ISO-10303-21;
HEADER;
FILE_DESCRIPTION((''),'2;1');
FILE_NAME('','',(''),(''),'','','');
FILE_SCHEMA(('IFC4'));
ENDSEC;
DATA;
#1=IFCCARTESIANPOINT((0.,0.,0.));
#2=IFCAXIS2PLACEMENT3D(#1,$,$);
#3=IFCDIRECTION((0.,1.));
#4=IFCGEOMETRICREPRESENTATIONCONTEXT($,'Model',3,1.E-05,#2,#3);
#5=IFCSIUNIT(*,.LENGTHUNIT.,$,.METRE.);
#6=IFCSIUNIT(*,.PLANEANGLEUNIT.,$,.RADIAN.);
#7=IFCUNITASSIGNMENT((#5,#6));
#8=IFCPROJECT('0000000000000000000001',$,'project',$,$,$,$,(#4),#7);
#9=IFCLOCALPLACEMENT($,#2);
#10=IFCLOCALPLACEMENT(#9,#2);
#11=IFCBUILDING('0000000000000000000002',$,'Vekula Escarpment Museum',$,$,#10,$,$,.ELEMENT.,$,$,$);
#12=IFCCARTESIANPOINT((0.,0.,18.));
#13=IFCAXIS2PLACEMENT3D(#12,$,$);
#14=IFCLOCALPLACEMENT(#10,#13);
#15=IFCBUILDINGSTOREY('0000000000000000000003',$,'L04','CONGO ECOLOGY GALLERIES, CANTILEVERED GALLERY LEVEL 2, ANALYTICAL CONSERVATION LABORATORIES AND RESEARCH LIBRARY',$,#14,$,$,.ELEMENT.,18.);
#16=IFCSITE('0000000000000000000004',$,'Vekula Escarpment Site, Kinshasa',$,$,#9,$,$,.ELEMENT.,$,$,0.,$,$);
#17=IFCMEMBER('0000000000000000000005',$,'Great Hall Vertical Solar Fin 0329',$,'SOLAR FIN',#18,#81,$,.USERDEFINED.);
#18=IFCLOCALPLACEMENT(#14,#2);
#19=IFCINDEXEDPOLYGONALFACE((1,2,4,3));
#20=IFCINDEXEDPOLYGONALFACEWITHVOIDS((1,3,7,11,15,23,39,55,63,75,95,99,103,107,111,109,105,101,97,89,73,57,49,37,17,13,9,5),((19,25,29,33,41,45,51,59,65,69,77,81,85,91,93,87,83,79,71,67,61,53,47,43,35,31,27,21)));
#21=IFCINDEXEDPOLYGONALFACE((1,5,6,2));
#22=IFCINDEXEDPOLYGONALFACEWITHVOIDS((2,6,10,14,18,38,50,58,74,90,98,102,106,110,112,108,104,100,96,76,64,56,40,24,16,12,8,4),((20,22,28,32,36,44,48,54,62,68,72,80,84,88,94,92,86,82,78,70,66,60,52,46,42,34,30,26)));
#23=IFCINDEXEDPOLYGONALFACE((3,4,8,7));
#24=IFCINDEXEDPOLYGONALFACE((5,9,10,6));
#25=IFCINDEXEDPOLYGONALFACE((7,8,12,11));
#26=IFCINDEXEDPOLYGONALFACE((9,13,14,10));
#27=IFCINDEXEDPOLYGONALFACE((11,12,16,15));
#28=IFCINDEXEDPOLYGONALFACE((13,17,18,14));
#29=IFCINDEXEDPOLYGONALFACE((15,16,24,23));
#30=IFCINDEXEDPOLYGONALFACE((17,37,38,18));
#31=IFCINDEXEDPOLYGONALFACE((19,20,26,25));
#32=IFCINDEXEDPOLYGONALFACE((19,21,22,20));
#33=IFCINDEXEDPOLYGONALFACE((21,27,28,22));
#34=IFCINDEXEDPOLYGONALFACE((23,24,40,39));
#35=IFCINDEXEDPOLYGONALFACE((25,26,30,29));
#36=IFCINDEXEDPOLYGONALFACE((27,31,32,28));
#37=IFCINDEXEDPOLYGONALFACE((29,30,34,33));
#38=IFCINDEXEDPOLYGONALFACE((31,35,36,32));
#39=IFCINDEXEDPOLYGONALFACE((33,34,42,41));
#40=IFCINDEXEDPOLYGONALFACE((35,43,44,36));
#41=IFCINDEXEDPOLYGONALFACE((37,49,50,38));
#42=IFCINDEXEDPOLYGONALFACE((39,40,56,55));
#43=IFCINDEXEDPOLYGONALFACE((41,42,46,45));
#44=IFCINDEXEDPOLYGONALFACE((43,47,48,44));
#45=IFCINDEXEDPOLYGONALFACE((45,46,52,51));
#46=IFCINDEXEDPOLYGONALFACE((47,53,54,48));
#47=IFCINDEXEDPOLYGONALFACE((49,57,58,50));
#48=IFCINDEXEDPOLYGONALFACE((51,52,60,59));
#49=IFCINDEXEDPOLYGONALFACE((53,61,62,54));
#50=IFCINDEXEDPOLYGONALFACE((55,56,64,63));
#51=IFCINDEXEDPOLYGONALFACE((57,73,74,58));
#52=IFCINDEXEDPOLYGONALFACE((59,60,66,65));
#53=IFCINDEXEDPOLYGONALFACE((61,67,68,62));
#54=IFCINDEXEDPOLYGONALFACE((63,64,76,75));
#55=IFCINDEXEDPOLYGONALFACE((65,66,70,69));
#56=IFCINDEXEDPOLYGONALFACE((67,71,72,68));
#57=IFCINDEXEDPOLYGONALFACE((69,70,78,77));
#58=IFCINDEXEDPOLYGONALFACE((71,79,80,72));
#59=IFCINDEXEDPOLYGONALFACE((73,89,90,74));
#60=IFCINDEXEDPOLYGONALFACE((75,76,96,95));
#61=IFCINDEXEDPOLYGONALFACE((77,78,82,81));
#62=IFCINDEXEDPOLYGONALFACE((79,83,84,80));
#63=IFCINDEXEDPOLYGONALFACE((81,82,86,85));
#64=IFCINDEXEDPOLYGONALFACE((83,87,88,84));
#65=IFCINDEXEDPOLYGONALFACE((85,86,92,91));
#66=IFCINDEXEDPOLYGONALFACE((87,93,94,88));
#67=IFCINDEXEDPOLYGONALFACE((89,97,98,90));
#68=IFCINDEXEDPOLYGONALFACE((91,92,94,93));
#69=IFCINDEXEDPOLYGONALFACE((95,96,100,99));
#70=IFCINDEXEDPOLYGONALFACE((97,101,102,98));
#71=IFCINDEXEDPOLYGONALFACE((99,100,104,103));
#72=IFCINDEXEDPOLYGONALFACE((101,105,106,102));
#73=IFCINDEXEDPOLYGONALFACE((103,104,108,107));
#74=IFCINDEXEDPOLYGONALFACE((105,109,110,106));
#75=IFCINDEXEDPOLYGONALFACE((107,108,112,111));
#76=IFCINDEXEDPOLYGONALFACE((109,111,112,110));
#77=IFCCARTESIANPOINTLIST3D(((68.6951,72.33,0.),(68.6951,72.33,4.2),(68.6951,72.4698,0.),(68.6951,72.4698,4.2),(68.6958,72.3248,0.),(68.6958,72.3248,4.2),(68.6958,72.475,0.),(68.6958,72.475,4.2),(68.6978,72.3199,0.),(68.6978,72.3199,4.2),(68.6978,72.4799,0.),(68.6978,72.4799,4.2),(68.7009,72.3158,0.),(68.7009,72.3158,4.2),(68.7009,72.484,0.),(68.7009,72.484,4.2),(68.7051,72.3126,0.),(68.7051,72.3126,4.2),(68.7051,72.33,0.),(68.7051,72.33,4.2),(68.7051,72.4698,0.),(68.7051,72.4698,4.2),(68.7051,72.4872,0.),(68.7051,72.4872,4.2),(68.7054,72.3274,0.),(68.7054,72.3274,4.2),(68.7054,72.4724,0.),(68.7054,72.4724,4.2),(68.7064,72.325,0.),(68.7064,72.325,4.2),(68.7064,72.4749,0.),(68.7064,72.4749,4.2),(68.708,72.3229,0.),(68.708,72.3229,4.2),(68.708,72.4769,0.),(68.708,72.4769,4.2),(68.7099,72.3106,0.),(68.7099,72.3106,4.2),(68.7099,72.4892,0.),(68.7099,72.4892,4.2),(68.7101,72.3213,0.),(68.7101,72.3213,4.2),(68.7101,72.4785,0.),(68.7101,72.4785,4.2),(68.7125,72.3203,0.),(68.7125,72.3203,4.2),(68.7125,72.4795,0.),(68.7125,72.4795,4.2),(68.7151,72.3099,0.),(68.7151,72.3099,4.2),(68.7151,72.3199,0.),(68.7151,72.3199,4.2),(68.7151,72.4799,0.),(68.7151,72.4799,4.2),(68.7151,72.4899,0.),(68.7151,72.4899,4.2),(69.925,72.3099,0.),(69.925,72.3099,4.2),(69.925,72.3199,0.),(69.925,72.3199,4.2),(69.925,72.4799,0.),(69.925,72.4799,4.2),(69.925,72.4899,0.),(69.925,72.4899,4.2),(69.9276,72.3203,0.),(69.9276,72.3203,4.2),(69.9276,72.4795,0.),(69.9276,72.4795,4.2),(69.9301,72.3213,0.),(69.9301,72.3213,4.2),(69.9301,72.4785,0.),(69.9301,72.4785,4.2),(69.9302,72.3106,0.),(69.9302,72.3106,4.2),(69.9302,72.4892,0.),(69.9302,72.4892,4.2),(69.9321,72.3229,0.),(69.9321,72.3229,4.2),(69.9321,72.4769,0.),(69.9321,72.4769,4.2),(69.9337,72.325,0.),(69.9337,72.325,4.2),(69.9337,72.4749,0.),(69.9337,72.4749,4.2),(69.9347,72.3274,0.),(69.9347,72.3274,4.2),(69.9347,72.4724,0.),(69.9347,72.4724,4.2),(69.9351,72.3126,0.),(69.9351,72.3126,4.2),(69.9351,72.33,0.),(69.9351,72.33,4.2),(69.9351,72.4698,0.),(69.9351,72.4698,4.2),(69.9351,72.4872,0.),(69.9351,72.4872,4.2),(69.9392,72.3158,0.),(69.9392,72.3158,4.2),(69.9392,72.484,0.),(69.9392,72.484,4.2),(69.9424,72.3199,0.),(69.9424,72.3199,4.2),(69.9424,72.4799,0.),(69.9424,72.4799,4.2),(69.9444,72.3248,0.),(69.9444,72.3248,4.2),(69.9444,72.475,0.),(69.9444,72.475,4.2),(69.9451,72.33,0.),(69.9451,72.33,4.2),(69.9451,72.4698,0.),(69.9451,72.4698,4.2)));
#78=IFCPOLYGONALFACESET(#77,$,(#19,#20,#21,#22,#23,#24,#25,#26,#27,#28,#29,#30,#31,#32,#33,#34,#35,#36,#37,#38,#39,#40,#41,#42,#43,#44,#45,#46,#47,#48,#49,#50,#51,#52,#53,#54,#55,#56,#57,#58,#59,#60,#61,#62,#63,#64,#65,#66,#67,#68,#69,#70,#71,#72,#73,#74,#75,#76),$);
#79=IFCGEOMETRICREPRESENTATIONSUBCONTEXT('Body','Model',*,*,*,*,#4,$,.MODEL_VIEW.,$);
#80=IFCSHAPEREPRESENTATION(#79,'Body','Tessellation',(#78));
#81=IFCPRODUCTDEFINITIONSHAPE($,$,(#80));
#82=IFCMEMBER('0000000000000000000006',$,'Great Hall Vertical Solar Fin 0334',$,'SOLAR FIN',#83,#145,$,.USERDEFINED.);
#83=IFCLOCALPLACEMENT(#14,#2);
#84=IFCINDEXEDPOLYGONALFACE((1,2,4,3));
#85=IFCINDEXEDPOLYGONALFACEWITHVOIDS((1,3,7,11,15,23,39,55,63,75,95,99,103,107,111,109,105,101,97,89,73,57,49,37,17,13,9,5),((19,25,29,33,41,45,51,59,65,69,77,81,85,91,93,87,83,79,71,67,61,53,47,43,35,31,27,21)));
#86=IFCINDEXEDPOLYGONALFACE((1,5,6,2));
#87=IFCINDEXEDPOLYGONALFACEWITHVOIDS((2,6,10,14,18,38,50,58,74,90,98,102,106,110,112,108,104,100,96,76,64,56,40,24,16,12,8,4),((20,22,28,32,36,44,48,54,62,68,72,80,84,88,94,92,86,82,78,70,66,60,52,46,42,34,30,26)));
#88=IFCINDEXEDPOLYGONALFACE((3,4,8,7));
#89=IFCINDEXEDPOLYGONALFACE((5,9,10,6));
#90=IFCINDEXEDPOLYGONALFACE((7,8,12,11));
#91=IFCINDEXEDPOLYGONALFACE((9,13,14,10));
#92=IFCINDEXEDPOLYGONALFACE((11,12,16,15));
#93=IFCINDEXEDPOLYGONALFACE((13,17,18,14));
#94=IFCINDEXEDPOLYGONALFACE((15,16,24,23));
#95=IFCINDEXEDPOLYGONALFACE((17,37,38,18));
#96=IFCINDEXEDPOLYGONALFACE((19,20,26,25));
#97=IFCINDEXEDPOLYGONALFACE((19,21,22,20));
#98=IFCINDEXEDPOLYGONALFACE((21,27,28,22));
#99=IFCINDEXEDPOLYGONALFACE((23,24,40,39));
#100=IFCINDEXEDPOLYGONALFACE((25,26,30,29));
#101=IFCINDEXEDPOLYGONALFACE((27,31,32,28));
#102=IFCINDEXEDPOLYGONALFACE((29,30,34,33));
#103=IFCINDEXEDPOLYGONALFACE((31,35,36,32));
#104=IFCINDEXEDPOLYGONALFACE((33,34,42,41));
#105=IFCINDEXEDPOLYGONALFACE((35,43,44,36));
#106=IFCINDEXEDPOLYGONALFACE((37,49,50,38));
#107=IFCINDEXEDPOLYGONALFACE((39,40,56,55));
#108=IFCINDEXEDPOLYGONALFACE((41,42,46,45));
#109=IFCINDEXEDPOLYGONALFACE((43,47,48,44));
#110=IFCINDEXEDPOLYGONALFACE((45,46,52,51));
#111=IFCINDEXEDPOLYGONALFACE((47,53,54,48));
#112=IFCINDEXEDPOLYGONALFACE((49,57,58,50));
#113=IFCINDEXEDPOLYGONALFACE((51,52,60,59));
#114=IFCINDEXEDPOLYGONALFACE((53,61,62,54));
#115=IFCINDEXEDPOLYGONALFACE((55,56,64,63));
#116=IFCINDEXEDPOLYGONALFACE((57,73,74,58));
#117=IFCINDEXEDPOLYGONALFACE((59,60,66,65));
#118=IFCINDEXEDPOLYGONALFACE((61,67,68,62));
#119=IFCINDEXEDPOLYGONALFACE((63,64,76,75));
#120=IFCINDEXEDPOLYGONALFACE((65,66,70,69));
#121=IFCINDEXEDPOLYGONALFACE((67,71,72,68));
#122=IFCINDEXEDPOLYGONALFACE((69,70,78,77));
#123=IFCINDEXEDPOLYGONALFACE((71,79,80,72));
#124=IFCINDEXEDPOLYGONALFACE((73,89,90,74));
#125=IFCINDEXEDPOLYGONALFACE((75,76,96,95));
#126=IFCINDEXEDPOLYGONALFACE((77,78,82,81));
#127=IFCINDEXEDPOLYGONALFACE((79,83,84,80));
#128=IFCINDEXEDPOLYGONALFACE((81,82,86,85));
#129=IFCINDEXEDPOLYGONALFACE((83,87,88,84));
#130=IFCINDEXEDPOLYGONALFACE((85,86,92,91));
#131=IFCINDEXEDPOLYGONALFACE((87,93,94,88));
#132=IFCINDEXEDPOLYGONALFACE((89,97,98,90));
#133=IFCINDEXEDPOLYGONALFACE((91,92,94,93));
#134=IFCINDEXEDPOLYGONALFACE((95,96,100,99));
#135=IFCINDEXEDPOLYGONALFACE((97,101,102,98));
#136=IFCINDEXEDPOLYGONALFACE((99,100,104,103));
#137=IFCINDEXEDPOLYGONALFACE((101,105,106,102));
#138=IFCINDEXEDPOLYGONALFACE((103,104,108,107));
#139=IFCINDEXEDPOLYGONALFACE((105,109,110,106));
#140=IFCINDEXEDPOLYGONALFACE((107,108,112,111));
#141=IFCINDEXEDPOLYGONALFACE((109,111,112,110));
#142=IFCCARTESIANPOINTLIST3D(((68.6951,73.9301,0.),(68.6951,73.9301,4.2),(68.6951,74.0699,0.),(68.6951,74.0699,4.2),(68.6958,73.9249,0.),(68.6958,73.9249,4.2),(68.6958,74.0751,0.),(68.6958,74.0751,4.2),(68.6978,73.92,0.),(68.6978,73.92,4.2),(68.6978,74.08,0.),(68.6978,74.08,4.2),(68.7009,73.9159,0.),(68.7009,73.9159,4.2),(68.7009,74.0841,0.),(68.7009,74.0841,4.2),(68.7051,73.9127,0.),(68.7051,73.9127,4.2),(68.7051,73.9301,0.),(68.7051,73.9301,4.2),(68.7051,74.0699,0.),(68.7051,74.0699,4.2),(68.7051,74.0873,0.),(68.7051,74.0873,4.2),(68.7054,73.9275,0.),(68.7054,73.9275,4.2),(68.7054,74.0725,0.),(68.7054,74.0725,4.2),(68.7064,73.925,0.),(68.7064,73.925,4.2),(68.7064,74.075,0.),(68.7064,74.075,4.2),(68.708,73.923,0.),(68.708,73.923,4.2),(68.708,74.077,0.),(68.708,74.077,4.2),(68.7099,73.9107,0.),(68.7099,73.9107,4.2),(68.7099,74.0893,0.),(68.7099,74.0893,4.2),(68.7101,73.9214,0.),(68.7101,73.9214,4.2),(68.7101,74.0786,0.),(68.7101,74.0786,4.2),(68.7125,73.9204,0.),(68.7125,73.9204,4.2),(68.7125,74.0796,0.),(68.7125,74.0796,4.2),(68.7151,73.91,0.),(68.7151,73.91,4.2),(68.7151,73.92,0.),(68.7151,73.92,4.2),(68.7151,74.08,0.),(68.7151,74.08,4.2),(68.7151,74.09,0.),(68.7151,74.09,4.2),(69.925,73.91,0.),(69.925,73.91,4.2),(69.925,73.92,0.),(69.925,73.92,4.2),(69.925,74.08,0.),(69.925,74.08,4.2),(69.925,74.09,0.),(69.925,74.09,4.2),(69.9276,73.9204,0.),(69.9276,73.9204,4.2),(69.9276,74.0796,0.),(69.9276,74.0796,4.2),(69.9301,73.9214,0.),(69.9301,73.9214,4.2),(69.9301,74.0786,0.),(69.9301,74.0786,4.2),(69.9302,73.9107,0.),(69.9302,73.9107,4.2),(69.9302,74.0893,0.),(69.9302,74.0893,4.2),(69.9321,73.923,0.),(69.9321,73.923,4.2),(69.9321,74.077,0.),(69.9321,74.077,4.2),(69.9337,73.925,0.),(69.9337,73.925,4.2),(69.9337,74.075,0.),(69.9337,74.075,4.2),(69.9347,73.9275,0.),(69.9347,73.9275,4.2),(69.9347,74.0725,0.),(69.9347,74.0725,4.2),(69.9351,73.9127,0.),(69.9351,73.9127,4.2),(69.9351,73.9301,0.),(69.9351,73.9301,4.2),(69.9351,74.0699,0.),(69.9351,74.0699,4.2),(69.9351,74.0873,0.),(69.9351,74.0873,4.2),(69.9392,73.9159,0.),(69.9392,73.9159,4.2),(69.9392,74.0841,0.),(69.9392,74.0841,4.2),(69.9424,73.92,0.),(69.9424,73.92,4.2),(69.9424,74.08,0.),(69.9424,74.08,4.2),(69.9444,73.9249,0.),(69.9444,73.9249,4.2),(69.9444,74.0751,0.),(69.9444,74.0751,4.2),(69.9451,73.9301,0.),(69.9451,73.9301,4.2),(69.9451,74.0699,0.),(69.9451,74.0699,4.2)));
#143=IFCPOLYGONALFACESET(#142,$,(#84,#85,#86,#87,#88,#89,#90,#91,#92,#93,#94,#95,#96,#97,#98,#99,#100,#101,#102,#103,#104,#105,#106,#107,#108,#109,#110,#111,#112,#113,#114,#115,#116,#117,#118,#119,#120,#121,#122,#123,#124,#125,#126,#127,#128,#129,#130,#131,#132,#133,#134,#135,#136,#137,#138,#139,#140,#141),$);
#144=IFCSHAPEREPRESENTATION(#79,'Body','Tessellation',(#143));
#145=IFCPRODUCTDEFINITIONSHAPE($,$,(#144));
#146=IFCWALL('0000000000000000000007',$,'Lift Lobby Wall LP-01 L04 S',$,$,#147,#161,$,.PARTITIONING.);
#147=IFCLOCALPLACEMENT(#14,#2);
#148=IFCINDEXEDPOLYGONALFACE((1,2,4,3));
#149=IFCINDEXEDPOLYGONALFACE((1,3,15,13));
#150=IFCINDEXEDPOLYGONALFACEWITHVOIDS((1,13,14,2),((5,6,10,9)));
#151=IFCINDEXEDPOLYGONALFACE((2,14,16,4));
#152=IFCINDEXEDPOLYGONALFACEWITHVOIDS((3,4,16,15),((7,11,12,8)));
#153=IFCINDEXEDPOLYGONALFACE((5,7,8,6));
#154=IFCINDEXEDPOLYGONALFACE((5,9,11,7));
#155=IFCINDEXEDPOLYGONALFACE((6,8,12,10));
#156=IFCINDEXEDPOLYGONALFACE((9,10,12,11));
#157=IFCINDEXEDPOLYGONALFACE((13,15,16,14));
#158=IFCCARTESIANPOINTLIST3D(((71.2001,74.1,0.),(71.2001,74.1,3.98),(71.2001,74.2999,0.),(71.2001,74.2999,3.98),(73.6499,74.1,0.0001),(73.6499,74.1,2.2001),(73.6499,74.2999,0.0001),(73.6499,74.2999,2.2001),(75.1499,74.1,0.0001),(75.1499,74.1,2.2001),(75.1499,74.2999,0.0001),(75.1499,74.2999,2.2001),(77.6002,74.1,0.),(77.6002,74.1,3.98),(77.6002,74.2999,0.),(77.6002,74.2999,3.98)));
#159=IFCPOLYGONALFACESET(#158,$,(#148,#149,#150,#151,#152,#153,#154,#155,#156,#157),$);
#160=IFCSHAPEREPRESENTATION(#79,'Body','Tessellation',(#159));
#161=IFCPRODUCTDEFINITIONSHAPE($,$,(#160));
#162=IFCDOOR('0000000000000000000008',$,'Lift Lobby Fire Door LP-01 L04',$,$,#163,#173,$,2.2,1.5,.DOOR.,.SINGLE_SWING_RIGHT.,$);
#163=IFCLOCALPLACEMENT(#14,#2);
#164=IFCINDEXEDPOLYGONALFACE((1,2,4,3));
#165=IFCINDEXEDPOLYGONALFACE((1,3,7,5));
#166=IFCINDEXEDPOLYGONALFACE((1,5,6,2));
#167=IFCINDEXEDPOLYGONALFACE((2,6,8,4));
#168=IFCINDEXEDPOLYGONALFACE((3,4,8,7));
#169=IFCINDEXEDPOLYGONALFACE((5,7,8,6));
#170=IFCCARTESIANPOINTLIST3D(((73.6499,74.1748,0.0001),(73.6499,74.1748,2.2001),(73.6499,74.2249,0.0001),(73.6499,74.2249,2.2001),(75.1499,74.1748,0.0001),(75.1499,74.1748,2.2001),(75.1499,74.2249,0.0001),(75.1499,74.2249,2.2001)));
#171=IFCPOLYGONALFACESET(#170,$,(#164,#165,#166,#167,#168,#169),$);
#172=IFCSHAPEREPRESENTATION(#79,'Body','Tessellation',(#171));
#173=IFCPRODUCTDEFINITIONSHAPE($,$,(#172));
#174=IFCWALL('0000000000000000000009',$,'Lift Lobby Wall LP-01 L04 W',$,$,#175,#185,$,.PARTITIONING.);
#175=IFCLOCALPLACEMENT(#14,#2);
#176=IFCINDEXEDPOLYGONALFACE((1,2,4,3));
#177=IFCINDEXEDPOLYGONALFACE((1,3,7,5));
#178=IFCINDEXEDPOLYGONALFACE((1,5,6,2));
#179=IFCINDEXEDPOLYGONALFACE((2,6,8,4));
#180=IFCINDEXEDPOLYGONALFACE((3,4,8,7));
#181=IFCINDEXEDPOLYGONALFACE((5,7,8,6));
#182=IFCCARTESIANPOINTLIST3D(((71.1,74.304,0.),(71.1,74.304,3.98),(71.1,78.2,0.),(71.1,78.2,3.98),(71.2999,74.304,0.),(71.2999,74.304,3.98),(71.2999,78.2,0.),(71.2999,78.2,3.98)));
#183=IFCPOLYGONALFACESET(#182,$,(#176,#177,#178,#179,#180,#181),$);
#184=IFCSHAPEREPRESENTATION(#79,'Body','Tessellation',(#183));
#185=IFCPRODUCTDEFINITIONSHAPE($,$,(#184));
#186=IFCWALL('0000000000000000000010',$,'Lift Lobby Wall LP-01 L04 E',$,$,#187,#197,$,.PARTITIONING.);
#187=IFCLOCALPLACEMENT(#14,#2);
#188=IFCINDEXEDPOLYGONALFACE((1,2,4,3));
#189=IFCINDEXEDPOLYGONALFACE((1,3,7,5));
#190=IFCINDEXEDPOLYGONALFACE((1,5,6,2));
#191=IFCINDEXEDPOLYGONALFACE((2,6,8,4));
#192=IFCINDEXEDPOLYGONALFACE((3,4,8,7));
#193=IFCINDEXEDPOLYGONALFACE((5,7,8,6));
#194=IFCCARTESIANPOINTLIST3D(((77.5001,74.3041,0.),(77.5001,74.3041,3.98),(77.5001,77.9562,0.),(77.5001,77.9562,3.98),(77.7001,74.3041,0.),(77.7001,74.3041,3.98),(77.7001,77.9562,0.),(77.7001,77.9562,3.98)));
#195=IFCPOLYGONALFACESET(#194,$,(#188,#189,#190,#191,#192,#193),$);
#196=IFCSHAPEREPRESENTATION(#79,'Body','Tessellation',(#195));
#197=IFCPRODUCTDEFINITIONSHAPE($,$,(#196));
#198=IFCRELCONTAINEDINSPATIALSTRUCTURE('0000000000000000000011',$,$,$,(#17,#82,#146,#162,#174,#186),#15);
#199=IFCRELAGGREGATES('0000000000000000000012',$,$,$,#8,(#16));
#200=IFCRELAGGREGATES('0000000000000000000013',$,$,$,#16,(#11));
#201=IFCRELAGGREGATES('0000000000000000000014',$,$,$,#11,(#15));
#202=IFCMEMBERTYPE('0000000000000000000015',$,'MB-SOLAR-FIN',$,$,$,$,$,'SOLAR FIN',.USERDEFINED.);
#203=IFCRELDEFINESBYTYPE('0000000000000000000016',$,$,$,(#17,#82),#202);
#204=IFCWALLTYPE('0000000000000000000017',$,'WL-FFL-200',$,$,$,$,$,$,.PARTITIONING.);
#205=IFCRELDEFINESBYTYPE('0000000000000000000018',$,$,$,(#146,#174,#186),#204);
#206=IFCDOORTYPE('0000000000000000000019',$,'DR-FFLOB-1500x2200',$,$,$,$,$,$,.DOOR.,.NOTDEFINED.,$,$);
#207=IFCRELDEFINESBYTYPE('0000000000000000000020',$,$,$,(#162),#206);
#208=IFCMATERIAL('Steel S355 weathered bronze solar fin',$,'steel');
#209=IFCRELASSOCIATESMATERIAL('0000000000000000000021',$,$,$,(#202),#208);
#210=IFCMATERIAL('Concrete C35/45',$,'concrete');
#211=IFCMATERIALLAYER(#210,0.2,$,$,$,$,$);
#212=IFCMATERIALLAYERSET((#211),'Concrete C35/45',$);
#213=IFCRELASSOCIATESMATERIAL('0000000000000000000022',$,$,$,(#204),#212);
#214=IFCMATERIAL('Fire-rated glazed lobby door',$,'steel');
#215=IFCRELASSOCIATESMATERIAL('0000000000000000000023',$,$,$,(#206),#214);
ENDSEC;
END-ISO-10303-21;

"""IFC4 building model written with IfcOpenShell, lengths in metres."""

from ifc_helpers import new_model, si_unit, direction, frame, frame_2d, origin, origin_2d, place, context, subcontext, project, spatial, rectangle, hollow_rectangle, extrude, material, layer, layer_set, material_profile, profile_set, type_object, element, fill, save


model = new_model("IFC4")

# Units and contexts
model_context = context("Model", 3, precision=1e-05, world=origin(), true_north=direction((0.0, 1.0)))
body_context = subcontext(model_context, "Body", "Model", "MODEL_VIEW")
ifc_project = project(units=[si_unit("LENGTHUNIT", "METRE"), si_unit("PLANEANGLEUNIT", "RADIAN")], contexts=[model_context])

# Site, building, storey
site_placement = place(None, origin())
site = spatial("IfcSite", under=ifc_project, at=site_placement, Name="Vekula Escarpment Site, Kinshasa", CompositionType="ELEMENT", RefElevation=0.0)
building_placement = place(site_placement, origin())
building = spatial("IfcBuilding", under=site, at=building_placement, Name="Vekula Escarpment Museum", CompositionType="ELEMENT")
storey_placement = place(building_placement, frame((0.0, 0.0, 18.0)))
storey = spatial("IfcBuildingStorey", under=building, at=storey_placement, Name="L04", Description="CONGO ECOLOGY GALLERIES, CANTILEVERED GALLERY LEVEL 2, ANALYTICAL CONSERVATION LABORATORIES AND RESEARCH LIBRARY", CompositionType="ELEMENT", Elevation=18.0)

# Members
ifc_material_1 = material(Name="Steel S355 weathered bronze solar fin", Category="steel")
ifc_material_profile_1 = material_profile(ifc_material_1, hollow_rectangle(XDim=0.1799, YDim=1.25, WallThickness=0.01, InnerFilletRadius=0.01, OuterFilletRadius=0.02, at=origin_2d()), Name="RHS 1250x180x10")
ifc_profile_set_1 = profile_set([ifc_material_profile_1], Name="Steel S355 weathered bronze solar fin")
member_type = type_object("IfcMemberType", Name="MB-SOLAR-FIN", ElementType="SOLAR FIN", PredefinedType="USERDEFINED", material=ifc_profile_set_1)
for number, where, z_axis, x_axis, name in (
    (1, (69.3201, 72.3999, 0.0), (0.0, 0.0, 1.0), (0.0, 1.0, 0.0), "Great Hall Vertical Solar Fin 0329"),
    (2, (69.3201, 74.0, 0.0), (0.0, 0.0, 1.0), (0.0, 1.0, 0.0), "Great Hall Vertical Solar Fin 0334"),
):
    element("IfcMember", number, at=place(storey_placement, frame(where, z_axis=z_axis, x_axis=x_axis)), inside=storey, type_object=member_type, Name=name, ObjectType="SOLAR FIN", PredefinedType="USERDEFINED", context=body_context, shape_type="SweptSolid", body=[
        extrude(hollow_rectangle(XDim=0.1799, YDim=1.25, WallThickness=0.01, InnerFilletRadius=0.01, OuterFilletRadius=0.02, at=origin_2d()), origin(), (0.0, 0.0, 1.0), 4.2),
    ])

# Wall, opening, door
ifc_material_2 = material(Name="Concrete C35/45", Category="concrete")
ifc_layer_1 = layer(ifc_material_2, 0.2)
ifc_layer_set_1 = layer_set([ifc_layer_1], Name="Concrete C35/45")
wall_type_1 = type_object("IfcWallType", Name="WL-FFL-200", PredefinedType="PARTITIONING", material=ifc_layer_set_1)
wall_1_placement = place(storey_placement, frame((71.2, 74.2, 0.0), z_axis=(0.0, 0.0, 1.0), x_axis=(1.0, 0.0, 0.0)))
wall_1 = element("IfcWall", 3, at=wall_1_placement, inside=storey, type_object=wall_type_1, Name="Lift Lobby Wall LP-01 L04 S", PredefinedType="PARTITIONING", context=body_context, shape_type="SweptSolid", body=[
    extrude(rectangle(XDim=6.4001, YDim=0.2, at=frame_2d((3.2002, 0.0))), origin(), (0.0, 0.0, 1.0), 3.98),
])
opening_1_placement = place(wall_1_placement, frame((2.45, 0.0, 0.0)))
opening_1 = element("IfcOpeningElement", 4, at=opening_1_placement, cuts=wall_1, PredefinedType="OPENING", context=body_context, shape_type="SweptSolid", body=[
    extrude(rectangle(XDim=1.5, YDim=2.2, at=frame_2d((0.75, 1.1001))), frame((0.0, 0.1099, 0.0), z_axis=(0.0, -1.0, 0.0), x_axis=(1.0, 0.0, 0.0)), (0.0, 0.0, 1.0), 0.22),
])
ifc_material_3 = material(Name="Fire-rated glazed lobby door", Category="steel")
door_type_1 = type_object("IfcDoorType", Name="DR-FFLOB-1500x2200", OperationType="NOTDEFINED", PredefinedType="DOOR", material=ifc_material_3)
door_1_placement = place(opening_1_placement, origin())
door_1 = element("IfcDoor", 5, at=door_1_placement, inside=storey, type_object=door_type_1, Name="Lift Lobby Fire Door LP-01 L04", OperationType="SINGLE_SWING_RIGHT", OverallHeight=2.2, OverallWidth=1.5, PredefinedType="DOOR", context=body_context, shape_type="SweptSolid", body=[
    extrude(rectangle(XDim=1.5, YDim=2.2, at=frame_2d((0.75, 1.1001))), frame((0.0, 0.0249, 0.0), z_axis=(0.0, -1.0, 0.0), x_axis=(1.0, 0.0, 0.0)), (0.0, 0.0, 1.0), 0.05),
])
fill(opening_1, door_1)

# Walls
wall_2_placement = place(storey_placement, frame((71.2, 74.304, 0.0), z_axis=(0.0, 0.0, 1.0), x_axis=(0.0, 1.0, 0.0)))
element("IfcWall", 6, at=wall_2_placement, inside=storey, type_object=wall_type_1, Name="Lift Lobby Wall LP-01 L04 W", PredefinedType="PARTITIONING", context=body_context, shape_type="SweptSolid", body=[
    extrude(rectangle(XDim=3.896, YDim=0.2, at=frame_2d((1.948, 0.0))), origin(), (0.0, 0.0, 1.0), 3.98),
])
wall_3_placement = place(storey_placement, frame((77.6001, 74.304, 0.0), z_axis=(0.0, 0.0, 1.0), x_axis=(0.0, 1.0, 0.0)))
element("IfcWall", 7, at=wall_3_placement, inside=storey, type_object=wall_type_1, Name="Lift Lobby Wall LP-01 L04 E", PredefinedType="PARTITIONING", context=body_context, shape_type="SweptSolid", body=[
    extrude(rectangle(XDim=3.6521, YDim=0.2, at=frame_2d((1.8262, 0.0))), origin(), (0.0, 0.0, 1.0), 3.98),
])

save(model, "model.ifc")
